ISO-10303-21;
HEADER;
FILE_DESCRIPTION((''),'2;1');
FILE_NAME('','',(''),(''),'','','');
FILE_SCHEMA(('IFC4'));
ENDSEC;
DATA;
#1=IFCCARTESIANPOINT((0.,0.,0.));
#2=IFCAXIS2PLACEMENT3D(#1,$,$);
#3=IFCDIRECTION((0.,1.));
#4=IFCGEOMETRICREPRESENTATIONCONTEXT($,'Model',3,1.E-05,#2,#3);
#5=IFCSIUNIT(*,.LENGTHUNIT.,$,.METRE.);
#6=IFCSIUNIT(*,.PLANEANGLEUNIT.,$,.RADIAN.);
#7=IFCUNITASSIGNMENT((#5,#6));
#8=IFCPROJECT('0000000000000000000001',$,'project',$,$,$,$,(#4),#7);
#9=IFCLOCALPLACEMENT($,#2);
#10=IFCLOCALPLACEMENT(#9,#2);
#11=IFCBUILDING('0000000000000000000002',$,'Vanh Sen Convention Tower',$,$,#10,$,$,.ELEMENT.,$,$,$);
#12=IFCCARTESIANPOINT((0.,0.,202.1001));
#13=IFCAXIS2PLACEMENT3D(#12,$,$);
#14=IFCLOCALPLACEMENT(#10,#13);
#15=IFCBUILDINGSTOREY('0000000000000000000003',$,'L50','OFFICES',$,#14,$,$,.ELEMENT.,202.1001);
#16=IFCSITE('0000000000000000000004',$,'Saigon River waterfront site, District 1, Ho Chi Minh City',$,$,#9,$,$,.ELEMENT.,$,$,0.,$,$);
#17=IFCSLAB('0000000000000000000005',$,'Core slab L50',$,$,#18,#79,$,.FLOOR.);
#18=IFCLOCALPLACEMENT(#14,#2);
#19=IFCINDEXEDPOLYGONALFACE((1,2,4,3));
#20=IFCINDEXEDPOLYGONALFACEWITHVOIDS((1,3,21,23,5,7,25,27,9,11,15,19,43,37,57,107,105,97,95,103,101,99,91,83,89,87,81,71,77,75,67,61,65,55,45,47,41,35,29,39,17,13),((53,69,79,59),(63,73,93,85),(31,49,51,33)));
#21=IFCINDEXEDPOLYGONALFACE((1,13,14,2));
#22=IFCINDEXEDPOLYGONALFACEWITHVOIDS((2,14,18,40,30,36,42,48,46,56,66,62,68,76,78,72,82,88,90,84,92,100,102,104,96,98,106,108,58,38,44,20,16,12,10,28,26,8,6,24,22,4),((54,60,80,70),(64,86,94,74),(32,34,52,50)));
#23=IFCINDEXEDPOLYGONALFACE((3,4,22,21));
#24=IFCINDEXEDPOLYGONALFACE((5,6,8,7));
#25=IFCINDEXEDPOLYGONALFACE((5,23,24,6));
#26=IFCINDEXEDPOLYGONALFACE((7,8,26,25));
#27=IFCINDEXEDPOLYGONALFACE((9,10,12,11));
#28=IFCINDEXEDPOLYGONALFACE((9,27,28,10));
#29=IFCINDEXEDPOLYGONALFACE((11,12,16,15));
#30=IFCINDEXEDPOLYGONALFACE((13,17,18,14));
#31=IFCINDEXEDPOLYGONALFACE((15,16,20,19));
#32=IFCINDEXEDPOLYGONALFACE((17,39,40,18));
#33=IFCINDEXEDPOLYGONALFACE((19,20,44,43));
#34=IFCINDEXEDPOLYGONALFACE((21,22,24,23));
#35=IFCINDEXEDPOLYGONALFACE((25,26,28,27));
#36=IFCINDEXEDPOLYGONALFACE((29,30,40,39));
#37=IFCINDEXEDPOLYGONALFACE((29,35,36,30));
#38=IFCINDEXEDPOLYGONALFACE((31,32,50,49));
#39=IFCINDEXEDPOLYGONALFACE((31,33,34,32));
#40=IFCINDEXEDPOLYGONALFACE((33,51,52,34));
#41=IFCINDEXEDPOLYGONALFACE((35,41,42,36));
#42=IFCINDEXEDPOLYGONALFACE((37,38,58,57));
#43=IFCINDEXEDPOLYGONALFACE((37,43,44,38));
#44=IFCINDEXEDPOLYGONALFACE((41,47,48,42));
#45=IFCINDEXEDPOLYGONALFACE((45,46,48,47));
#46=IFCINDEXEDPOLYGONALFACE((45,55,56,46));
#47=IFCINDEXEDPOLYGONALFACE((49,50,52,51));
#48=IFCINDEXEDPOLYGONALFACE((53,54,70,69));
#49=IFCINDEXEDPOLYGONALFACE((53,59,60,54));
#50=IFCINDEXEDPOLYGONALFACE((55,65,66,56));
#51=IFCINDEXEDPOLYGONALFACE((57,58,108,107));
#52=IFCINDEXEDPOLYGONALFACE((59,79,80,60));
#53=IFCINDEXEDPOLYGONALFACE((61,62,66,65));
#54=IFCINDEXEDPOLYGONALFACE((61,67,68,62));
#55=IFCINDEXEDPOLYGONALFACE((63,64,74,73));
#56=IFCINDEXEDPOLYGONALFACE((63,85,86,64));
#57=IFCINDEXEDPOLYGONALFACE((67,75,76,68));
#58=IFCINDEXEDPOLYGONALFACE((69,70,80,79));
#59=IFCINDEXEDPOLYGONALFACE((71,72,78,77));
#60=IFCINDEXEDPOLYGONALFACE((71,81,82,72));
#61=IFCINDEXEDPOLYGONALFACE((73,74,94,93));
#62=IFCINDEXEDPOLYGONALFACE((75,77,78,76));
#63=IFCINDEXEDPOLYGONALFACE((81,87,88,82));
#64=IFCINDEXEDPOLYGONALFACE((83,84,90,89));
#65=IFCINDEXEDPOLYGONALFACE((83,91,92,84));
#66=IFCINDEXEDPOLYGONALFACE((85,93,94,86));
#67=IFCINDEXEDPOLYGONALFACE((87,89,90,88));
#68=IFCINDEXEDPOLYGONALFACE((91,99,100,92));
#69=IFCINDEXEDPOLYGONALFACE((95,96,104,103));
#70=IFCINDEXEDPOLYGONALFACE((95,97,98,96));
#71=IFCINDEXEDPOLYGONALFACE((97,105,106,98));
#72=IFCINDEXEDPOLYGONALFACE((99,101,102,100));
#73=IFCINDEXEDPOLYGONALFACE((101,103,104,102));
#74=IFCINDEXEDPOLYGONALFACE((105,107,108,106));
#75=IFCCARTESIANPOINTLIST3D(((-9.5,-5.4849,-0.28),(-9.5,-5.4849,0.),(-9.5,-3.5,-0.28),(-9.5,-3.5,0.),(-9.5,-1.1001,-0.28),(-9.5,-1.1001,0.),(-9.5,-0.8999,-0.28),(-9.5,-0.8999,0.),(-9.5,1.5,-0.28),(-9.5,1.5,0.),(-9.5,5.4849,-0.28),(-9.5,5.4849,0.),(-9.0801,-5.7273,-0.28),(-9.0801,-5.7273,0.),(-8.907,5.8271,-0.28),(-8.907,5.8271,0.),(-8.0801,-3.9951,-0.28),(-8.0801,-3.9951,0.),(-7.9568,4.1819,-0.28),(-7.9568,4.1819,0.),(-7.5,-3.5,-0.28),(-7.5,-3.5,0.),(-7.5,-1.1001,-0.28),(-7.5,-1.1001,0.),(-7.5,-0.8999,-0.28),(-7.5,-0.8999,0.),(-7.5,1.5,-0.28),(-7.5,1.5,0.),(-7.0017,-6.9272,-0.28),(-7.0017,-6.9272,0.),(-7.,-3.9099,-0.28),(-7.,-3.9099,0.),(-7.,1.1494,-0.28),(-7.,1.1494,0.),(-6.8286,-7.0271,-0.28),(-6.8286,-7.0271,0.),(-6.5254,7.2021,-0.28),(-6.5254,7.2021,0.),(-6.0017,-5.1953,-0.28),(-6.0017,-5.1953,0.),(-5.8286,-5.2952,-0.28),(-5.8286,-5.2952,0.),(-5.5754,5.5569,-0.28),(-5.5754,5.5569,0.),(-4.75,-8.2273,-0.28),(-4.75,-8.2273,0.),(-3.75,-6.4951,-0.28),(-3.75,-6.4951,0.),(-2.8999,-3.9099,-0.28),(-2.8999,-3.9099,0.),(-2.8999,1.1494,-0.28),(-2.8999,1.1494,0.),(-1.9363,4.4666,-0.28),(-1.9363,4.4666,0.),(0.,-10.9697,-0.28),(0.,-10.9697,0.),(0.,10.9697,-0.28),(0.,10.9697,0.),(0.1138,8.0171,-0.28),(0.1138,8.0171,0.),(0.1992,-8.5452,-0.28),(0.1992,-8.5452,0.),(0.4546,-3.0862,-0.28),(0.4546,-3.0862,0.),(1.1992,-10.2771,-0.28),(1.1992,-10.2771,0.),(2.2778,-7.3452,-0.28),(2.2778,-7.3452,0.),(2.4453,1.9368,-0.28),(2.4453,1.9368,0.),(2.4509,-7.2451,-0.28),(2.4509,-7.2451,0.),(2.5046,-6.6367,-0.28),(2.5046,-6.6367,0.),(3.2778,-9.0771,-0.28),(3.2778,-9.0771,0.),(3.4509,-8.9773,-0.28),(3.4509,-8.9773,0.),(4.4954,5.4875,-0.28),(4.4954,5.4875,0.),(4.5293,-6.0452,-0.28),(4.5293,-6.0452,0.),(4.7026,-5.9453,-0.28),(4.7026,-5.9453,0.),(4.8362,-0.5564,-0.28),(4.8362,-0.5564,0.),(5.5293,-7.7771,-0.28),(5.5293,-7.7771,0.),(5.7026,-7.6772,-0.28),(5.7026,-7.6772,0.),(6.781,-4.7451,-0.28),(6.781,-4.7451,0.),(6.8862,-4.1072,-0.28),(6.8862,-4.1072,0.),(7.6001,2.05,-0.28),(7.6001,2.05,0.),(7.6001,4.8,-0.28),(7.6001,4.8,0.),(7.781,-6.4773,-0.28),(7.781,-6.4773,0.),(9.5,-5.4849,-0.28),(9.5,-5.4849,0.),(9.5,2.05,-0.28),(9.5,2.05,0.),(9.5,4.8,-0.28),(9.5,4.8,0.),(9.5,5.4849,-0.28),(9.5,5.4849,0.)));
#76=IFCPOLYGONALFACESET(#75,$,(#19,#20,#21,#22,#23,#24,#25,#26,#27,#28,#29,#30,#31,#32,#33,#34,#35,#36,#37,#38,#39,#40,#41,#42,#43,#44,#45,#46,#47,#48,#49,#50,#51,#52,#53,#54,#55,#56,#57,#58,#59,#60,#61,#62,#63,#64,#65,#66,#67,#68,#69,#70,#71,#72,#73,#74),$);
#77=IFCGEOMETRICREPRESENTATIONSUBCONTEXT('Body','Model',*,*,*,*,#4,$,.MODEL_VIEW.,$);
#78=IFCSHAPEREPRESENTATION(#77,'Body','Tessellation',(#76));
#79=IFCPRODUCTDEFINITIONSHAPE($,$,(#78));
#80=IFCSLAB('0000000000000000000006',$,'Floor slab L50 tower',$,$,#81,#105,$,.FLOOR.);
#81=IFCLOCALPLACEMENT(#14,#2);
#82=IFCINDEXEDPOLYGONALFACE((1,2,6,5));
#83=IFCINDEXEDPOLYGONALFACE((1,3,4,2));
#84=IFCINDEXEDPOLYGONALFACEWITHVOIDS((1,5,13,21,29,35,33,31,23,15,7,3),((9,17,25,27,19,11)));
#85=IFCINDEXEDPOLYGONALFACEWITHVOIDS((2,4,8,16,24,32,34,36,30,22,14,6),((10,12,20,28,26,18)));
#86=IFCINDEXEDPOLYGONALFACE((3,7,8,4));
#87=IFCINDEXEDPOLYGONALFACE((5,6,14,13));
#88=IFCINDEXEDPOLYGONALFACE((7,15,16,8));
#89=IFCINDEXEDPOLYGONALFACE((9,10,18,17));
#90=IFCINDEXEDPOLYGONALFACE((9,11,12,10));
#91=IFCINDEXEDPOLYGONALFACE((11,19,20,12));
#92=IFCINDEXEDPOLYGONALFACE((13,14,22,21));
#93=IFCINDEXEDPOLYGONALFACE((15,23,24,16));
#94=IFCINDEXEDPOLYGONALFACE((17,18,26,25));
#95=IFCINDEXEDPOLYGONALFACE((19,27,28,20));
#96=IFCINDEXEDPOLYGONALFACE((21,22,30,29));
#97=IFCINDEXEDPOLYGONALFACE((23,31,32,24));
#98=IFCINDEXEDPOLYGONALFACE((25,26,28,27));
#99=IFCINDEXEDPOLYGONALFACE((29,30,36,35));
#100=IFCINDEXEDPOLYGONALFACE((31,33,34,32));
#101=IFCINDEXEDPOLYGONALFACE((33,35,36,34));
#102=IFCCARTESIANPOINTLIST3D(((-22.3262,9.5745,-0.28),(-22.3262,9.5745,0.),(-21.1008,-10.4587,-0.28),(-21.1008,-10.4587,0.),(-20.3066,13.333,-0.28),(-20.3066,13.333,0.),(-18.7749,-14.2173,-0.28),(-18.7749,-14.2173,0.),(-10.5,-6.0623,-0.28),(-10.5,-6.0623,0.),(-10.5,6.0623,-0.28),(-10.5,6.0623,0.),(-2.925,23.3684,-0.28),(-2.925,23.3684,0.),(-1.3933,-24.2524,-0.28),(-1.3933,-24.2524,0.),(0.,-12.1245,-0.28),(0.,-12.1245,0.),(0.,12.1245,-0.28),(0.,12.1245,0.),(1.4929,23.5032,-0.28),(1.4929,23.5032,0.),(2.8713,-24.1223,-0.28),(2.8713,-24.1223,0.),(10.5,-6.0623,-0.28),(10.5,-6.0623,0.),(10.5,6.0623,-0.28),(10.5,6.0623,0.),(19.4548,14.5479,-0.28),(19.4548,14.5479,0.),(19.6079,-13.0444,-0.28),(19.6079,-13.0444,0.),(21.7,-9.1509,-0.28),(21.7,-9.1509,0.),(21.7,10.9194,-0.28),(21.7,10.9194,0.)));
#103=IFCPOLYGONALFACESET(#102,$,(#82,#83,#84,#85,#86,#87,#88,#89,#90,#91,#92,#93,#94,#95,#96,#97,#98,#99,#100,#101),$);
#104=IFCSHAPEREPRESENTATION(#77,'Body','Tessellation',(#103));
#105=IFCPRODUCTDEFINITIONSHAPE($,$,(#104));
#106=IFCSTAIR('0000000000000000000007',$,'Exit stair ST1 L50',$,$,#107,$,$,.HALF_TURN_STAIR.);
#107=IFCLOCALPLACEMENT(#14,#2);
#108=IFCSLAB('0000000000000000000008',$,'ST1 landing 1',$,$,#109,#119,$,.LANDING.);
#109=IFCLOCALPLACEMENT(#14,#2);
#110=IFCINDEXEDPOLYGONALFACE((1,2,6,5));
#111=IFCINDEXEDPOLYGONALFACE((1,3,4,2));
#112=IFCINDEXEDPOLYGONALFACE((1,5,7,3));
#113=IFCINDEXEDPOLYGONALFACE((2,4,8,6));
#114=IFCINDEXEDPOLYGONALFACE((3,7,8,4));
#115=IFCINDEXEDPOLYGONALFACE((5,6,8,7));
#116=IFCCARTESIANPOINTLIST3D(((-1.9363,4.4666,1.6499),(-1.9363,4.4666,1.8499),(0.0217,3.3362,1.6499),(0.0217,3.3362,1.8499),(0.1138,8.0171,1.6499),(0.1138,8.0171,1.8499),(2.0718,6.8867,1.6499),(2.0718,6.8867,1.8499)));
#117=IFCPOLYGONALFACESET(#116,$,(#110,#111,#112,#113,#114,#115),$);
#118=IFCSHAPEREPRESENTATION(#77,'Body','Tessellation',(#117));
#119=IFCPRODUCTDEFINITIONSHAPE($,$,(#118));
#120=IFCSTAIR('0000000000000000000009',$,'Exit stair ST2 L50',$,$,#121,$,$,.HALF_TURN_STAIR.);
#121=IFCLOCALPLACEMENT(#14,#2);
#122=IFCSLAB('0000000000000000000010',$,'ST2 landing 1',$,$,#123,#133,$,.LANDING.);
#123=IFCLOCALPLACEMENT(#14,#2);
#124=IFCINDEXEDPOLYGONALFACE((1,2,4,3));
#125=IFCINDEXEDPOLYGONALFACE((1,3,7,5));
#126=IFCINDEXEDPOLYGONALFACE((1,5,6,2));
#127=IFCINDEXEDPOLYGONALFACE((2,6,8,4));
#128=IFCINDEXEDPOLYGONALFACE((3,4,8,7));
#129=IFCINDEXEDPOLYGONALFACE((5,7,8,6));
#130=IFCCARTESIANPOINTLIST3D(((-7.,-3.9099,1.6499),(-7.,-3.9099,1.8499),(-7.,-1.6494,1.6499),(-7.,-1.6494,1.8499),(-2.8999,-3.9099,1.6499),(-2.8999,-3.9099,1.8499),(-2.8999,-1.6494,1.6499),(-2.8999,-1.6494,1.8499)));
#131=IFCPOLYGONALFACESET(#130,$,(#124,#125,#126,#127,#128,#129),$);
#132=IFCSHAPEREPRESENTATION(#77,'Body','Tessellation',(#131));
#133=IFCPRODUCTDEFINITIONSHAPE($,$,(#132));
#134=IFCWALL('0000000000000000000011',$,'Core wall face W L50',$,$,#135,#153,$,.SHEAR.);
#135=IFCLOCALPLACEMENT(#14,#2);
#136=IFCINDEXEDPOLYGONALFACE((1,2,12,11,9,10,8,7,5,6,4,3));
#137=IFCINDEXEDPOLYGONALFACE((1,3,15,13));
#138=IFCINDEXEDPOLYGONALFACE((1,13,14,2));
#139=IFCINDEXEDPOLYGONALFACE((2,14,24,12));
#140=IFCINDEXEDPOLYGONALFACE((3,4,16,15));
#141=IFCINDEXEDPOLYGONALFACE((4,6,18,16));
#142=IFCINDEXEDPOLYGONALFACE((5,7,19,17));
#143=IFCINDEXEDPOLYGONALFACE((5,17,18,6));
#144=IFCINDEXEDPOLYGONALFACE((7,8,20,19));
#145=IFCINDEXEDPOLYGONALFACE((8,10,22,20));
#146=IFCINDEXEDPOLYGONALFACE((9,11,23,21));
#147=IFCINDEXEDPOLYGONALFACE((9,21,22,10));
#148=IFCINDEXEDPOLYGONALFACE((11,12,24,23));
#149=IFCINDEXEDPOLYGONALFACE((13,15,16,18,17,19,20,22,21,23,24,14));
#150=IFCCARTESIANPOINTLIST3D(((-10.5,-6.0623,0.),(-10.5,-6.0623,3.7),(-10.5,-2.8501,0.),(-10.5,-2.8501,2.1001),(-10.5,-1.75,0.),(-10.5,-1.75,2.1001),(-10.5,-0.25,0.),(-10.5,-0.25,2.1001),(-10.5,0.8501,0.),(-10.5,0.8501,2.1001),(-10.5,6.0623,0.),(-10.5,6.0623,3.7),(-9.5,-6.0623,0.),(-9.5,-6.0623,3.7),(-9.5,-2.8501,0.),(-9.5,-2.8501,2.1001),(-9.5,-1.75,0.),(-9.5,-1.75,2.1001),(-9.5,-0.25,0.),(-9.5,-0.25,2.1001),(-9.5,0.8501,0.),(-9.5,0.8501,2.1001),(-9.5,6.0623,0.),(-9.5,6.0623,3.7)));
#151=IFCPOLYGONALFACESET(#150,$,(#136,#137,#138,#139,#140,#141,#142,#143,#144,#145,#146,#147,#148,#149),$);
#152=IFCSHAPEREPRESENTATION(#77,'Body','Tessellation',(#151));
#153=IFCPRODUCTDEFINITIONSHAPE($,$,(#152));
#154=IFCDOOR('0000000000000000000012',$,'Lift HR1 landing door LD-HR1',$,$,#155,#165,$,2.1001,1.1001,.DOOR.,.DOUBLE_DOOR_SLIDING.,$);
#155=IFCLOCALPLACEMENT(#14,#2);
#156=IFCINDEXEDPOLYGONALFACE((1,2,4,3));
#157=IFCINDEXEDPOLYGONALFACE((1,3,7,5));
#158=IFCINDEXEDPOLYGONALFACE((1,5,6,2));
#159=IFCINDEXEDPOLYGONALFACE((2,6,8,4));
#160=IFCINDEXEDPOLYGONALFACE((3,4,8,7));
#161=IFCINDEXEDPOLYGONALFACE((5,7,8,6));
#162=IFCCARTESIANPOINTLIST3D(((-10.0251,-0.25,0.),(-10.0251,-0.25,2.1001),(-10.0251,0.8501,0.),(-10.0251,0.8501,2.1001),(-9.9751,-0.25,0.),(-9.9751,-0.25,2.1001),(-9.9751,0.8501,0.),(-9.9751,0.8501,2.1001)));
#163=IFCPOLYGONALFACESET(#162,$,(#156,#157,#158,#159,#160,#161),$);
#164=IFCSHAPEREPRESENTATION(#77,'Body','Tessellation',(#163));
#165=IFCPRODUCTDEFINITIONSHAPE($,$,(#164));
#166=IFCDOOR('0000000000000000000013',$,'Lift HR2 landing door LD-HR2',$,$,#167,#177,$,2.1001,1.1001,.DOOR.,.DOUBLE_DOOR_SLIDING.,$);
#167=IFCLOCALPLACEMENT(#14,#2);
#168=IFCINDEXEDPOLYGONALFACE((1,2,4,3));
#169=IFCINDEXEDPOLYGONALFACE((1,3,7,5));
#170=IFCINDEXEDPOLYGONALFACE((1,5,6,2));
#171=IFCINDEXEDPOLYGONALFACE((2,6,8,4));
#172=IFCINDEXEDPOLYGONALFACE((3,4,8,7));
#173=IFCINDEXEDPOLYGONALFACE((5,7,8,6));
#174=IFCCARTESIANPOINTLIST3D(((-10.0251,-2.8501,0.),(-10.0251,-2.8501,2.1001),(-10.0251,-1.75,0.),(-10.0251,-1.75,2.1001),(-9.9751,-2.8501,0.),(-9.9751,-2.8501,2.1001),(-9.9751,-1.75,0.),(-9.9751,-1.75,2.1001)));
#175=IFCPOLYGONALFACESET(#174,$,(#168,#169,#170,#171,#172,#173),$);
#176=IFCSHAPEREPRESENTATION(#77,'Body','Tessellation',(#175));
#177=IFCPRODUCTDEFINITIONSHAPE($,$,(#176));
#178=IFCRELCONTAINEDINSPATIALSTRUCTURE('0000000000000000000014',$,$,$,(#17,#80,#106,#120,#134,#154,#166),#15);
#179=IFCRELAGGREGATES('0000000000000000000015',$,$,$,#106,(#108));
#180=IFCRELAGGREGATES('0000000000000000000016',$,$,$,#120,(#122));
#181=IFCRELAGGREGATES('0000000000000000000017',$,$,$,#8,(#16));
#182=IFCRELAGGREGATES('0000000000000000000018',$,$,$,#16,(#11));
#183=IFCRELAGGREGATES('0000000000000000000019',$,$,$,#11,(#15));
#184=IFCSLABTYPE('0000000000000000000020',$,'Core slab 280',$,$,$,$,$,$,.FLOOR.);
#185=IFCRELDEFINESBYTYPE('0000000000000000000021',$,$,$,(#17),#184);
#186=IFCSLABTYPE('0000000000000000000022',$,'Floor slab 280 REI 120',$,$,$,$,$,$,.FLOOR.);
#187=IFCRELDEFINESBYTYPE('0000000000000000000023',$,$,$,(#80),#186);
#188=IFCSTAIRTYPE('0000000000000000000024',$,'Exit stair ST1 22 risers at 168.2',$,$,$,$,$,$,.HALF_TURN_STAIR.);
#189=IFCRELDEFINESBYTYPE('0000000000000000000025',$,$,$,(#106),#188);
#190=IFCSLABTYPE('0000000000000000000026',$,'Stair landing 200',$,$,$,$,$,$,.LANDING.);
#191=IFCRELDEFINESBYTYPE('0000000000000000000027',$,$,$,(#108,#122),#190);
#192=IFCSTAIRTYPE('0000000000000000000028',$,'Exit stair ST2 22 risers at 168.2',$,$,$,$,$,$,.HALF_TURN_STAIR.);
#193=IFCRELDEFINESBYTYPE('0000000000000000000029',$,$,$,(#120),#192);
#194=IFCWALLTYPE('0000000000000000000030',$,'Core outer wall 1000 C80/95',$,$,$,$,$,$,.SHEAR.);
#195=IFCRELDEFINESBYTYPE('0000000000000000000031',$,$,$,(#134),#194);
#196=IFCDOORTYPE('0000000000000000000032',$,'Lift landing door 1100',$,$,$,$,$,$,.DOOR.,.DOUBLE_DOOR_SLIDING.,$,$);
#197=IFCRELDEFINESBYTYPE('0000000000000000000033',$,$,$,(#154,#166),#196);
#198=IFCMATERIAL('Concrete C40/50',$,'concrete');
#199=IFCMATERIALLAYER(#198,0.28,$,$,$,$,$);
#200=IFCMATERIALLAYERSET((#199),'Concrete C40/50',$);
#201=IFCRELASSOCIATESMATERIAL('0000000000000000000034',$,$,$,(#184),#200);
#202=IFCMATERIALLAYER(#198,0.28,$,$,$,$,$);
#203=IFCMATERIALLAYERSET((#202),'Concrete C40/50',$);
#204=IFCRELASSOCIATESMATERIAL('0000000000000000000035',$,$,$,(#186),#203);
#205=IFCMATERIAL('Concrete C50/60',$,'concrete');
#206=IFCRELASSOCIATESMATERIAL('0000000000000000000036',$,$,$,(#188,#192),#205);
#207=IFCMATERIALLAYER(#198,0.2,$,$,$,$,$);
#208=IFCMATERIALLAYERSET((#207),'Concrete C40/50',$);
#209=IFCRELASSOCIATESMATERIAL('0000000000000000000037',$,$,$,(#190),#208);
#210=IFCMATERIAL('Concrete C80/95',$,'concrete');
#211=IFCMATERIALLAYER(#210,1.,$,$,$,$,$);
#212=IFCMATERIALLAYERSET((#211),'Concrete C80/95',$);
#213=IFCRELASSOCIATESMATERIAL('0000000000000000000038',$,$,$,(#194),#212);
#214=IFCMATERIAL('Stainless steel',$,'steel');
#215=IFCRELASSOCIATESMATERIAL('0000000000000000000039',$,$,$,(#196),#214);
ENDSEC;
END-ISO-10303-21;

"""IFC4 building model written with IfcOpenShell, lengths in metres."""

from ifc_helpers import new_model, si_unit, direction, frame, frame_2d, origin, place, context, subcontext, project, spatial, polyline, rectangle, outline, extrude, material, layer, layer_set, type_object, element, fill, aggregate, save


model = new_model("IFC4")

# Units and contexts
model_context = context("Model", 3, precision=1e-05, world=origin(), true_north=direction((0.0, 1.0)))
body_context = subcontext(model_context, "Body", "Model", "MODEL_VIEW")
ifc_project = project(units=[si_unit("LENGTHUNIT", "METRE"), si_unit("PLANEANGLEUNIT", "RADIAN")], contexts=[model_context])

# Site, building, storey
site_placement = place(None, origin())
site = spatial("IfcSite", under=ifc_project, at=site_placement, Name="Saigon River waterfront site, District 1, Ho Chi Minh City", CompositionType="ELEMENT", RefElevation=0.0)
building_placement = place(site_placement, origin())
building = spatial("IfcBuilding", under=site, at=building_placement, Name="Vanh Sen Convention Tower", CompositionType="ELEMENT")
storey_placement = place(building_placement, frame((0.0, 0.0, 202.1001)))
storey = spatial("IfcBuildingStorey", under=building, at=storey_placement, Name="L50", Description="OFFICES", CompositionType="ELEMENT", Elevation=202.1001)

# Slabs
ifc_material_1 = material(Name="Concrete C40/50", Category="concrete")
ifc_layer_1 = layer(ifc_material_1, 0.28)
ifc_layer_set_1 = layer_set([ifc_layer_1], Name="Concrete C40/50")
slab_type_1 = type_object("IfcSlabType", Name="Core slab 280", PredefinedType="FLOOR", material=ifc_layer_set_1)
slab_1_placement = place(storey_placement, frame((0.0, 0.0, -0.28)))
element("IfcSlab", 1, at=slab_1_placement, inside=storey, type_object=slab_type_1, Name="Core slab L50", PredefinedType="FLOOR", context=body_context, shape_type="SweptSolid", body=[
    extrude(outline(polyline([(0.0, 10.9697), (9.5, 5.4849), (9.5, 4.8), (7.6001, 4.8), (7.6001, 2.05), (9.5, 2.05), (9.5, -5.4849), (7.781, -6.4773), (6.781, -4.7451), (4.7026, -5.9453), (5.7026, -7.6772), (5.5293, -7.7771), (4.5293, -6.0452), (2.4509, -7.2451), (3.4509, -8.9773), (3.2778, -9.0771), (2.2778, -7.3452), (0.1992, -8.5452), (1.1992, -10.2771), (0.0, -10.9697), (-4.75, -8.2273), (-3.75, -6.4951), (-5.8286, -5.2952), (-6.8286, -7.0271), (-7.0017, -6.9272), (-6.0017, -5.1953), (-8.0801, -3.9951), (-9.0801, -5.7273), (-9.5, -5.4849), (-9.5, -3.5), (-7.5, -3.5), (-7.5, -1.1001), (-9.5, -1.1001), (-9.5, -0.8999), (-7.5, -0.8999), (-7.5, 1.5), (-9.5, 1.5), (-9.5, 5.4849), (-8.907, 5.8271), (-7.9568, 4.1819), (-5.5754, 5.5569), (-6.5254, 7.2021), (0.0, 10.9697)]), holes=[polyline([(-7.0, 1.1494), (-7.0, -3.9099), (-2.8999, -3.9099), (-2.8999, 1.1494), (-7.0, 1.1494)]), polyline([(2.5046, -6.6367), (6.8862, -4.1072), (4.8362, -0.5564), (0.4546, -3.0862), (2.5046, -6.6367)]), polyline([(0.1138, 8.0171), (-1.9363, 4.4666), (2.4453, 1.9368), (4.4954, 5.4875), (0.1138, 8.0171)])]), origin(), (0.0, 0.0, 1.0), 0.28),
])
ifc_layer_2 = layer(ifc_material_1, 0.28)
ifc_layer_set_2 = layer_set([ifc_layer_2], Name="Concrete C40/50")
slab_type_2 = type_object("IfcSlabType", Name="Floor slab 280 REI 120", PredefinedType="FLOOR", material=ifc_layer_set_2)
slab_2_placement = place(storey_placement, frame((0.0, 0.0, -0.28)))
element("IfcSlab", 2, at=slab_2_placement, inside=storey, type_object=slab_type_2, Name="Floor slab L50 tower", PredefinedType="FLOOR", context=body_context, shape_type="SweptSolid", body=[
    extrude(outline(polyline([(21.7, -9.1509), (21.7, 10.9194), (19.4548, 14.5479), (1.4929, 23.5032), (-2.925, 23.3684), (-20.3066, 13.333), (-22.3262, 9.5745), (-21.1008, -10.4587), (-18.7749, -14.2173), (-1.3933, -24.2524), (2.8713, -24.1223), (19.6079, -13.0444), (21.7, -9.1509)]), holes=[polyline([(0.0, 12.1245), (-10.5, 6.0623), (-10.5, -6.0623), (0.0, -12.1245), (10.5, -6.0623), (10.5, 6.0623), (0.0, 12.1245)])]), origin(), (0.0, 0.0, 1.0), 0.28),
])

# Stairs, slabs
ifc_material_2 = material(Name="Concrete C50/60", Category="concrete")
stair_type_1 = type_object("IfcStairType", Name="Exit stair ST1 22 risers at 168.2", PredefinedType="HALF_TURN_STAIR", material=ifc_material_2)
stair_1_placement = place(storey_placement, origin())
stair_1 = element("IfcStair", 3, at=stair_1_placement, inside=storey, type_object=stair_type_1, Name="Exit stair ST1 L50", PredefinedType="HALF_TURN_STAIR")
ifc_layer_3 = layer(ifc_material_1, 0.2)
ifc_layer_set_3 = layer_set([ifc_layer_3], Name="Concrete C40/50")
slab_type_3 = type_object("IfcSlabType", Name="Stair landing 200", PredefinedType="LANDING", material=ifc_layer_set_3)
slab_3_placement = place(storey_placement, frame((0.0, 0.0, 1.6499)))
slab_3 = element("IfcSlab", 4, at=slab_3_placement, type_object=slab_type_3, Name="ST1 landing 1", PredefinedType="LANDING", context=body_context, shape_type="SweptSolid", body=[
    extrude(outline(polyline([(2.0718, 6.8867), (0.1138, 8.0171), (-1.9363, 4.4666), (0.0217, 3.3362), (2.0718, 6.8867)])), origin(), (0.0, 0.0, 1.0), 0.2),
])
aggregate(stair_1, [slab_3])
stair_type_2 = type_object("IfcStairType", Name="Exit stair ST2 22 risers at 168.2", PredefinedType="HALF_TURN_STAIR", material=ifc_material_2)
stair_2_placement = place(storey_placement, origin())
stair_2 = element("IfcStair", 5, at=stair_2_placement, inside=storey, type_object=stair_type_2, Name="Exit stair ST2 L50", PredefinedType="HALF_TURN_STAIR")
slab_4_placement = place(storey_placement, frame((0.0, 0.0, 1.6499)))
slab_4 = element("IfcSlab", 6, at=slab_4_placement, type_object=slab_type_3, Name="ST2 landing 1", PredefinedType="LANDING", context=body_context, shape_type="SweptSolid", body=[
    extrude(outline(polyline([(-7.0, -1.6494), (-7.0, -3.9099), (-2.8999, -3.9099), (-2.8999, -1.6494), (-7.0, -1.6494)])), origin(), (0.0, 0.0, 1.0), 0.2),
])
aggregate(stair_2, [slab_4])

# Wall, openings, doors
ifc_material_3 = material(Name="Concrete C80/95", Category="concrete")
ifc_layer_4 = layer(ifc_material_3, 1.0)
ifc_layer_set_4 = layer_set([ifc_layer_4], Name="Concrete C80/95")
wall_type_1 = type_object("IfcWallType", Name="Core outer wall 1000 C80/95", PredefinedType="SHEAR", material=ifc_layer_set_4)
wall_1_placement = place(storey_placement, frame((-10.0, 6.0623, 0.0), z_axis=(0.0, 0.0, 1.0), x_axis=(0.0, -1.0, 0.0)))
wall_1 = element("IfcWall", 7, at=wall_1_placement, inside=storey, type_object=wall_type_1, Name="Core wall face W L50", PredefinedType="SHEAR", context=body_context, shape_type="SweptSolid", body=[
    extrude(rectangle(XDim=12.1245, YDim=1.0, at=frame_2d((6.0623, 0.0))), origin(), (0.0, 0.0, 1.0), 3.7),
])
opening_1_placement = place(wall_1_placement, frame((5.2122, 0.0, 0.0)))
opening_1 = element("IfcOpeningElement", 8, at=opening_1_placement, cuts=wall_1, PredefinedType="OPENING", context=body_context, shape_type="SweptSolid", body=[
    extrude(rectangle(XDim=1.1001, YDim=2.1001, at=frame_2d((0.55, 1.05))), frame((0.0, 0.51, 0.0), z_axis=(0.0, -1.0, 0.0), x_axis=(1.0, 0.0, 0.0)), (0.0, 0.0, 1.0), 1.02),
])
opening_2_placement = place(wall_1_placement, frame((7.8123, 0.0, 0.0)))
opening_2 = element("IfcOpeningElement", 9, at=opening_2_placement, cuts=wall_1, PredefinedType="OPENING", context=body_context, shape_type="SweptSolid", body=[
    extrude(rectangle(XDim=1.1001, YDim=2.1001, at=frame_2d((0.55, 1.05))), frame((0.0, 0.51, 0.0), z_axis=(0.0, -1.0, 0.0), x_axis=(1.0, 0.0, 0.0)), (0.0, 0.0, 1.0), 1.02),
])
ifc_material_4 = material(Name="Stainless steel", Category="steel")
door_type_1 = type_object("IfcDoorType", Name="Lift landing door 1100", OperationType="DOUBLE_DOOR_SLIDING", PredefinedType="DOOR", material=ifc_material_4)
door_1_placement = place(opening_1_placement, origin())
door_1 = element("IfcDoor", 10, at=door_1_placement, inside=storey, type_object=door_type_1, Name="Lift HR1 landing door LD-HR1", OperationType="DOUBLE_DOOR_SLIDING", OverallHeight=2.1001, OverallWidth=1.1001, PredefinedType="DOOR", context=body_context, shape_type="SweptSolid", body=[
    extrude(rectangle(XDim=1.1001, YDim=2.1001, at=frame_2d((0.55, 1.05))), frame((0.0, 0.0249, 0.0), z_axis=(0.0, -1.0, 0.0), x_axis=(1.0, 0.0, 0.0)), (0.0, 0.0, 1.0), 0.05),
])
fill(opening_1, door_1)
door_2_placement = place(opening_2_placement, origin())
door_2 = element("IfcDoor", 11, at=door_2_placement, inside=storey, type_object=door_type_1, Name="Lift HR2 landing door LD-HR2", OperationType="DOUBLE_DOOR_SLIDING", OverallHeight=2.1001, OverallWidth=1.1001, PredefinedType="DOOR", context=body_context, shape_type="SweptSolid", body=[
    extrude(rectangle(XDim=1.1001, YDim=2.1001, at=frame_2d((0.55, 1.05))), frame((0.0, 0.0249, 0.0), z_axis=(0.0, -1.0, 0.0), x_axis=(1.0, 0.0, 0.0)), (0.0, 0.0, 1.0), 0.05),
])
fill(opening_2, door_2)

save(model, "model.ifc")
